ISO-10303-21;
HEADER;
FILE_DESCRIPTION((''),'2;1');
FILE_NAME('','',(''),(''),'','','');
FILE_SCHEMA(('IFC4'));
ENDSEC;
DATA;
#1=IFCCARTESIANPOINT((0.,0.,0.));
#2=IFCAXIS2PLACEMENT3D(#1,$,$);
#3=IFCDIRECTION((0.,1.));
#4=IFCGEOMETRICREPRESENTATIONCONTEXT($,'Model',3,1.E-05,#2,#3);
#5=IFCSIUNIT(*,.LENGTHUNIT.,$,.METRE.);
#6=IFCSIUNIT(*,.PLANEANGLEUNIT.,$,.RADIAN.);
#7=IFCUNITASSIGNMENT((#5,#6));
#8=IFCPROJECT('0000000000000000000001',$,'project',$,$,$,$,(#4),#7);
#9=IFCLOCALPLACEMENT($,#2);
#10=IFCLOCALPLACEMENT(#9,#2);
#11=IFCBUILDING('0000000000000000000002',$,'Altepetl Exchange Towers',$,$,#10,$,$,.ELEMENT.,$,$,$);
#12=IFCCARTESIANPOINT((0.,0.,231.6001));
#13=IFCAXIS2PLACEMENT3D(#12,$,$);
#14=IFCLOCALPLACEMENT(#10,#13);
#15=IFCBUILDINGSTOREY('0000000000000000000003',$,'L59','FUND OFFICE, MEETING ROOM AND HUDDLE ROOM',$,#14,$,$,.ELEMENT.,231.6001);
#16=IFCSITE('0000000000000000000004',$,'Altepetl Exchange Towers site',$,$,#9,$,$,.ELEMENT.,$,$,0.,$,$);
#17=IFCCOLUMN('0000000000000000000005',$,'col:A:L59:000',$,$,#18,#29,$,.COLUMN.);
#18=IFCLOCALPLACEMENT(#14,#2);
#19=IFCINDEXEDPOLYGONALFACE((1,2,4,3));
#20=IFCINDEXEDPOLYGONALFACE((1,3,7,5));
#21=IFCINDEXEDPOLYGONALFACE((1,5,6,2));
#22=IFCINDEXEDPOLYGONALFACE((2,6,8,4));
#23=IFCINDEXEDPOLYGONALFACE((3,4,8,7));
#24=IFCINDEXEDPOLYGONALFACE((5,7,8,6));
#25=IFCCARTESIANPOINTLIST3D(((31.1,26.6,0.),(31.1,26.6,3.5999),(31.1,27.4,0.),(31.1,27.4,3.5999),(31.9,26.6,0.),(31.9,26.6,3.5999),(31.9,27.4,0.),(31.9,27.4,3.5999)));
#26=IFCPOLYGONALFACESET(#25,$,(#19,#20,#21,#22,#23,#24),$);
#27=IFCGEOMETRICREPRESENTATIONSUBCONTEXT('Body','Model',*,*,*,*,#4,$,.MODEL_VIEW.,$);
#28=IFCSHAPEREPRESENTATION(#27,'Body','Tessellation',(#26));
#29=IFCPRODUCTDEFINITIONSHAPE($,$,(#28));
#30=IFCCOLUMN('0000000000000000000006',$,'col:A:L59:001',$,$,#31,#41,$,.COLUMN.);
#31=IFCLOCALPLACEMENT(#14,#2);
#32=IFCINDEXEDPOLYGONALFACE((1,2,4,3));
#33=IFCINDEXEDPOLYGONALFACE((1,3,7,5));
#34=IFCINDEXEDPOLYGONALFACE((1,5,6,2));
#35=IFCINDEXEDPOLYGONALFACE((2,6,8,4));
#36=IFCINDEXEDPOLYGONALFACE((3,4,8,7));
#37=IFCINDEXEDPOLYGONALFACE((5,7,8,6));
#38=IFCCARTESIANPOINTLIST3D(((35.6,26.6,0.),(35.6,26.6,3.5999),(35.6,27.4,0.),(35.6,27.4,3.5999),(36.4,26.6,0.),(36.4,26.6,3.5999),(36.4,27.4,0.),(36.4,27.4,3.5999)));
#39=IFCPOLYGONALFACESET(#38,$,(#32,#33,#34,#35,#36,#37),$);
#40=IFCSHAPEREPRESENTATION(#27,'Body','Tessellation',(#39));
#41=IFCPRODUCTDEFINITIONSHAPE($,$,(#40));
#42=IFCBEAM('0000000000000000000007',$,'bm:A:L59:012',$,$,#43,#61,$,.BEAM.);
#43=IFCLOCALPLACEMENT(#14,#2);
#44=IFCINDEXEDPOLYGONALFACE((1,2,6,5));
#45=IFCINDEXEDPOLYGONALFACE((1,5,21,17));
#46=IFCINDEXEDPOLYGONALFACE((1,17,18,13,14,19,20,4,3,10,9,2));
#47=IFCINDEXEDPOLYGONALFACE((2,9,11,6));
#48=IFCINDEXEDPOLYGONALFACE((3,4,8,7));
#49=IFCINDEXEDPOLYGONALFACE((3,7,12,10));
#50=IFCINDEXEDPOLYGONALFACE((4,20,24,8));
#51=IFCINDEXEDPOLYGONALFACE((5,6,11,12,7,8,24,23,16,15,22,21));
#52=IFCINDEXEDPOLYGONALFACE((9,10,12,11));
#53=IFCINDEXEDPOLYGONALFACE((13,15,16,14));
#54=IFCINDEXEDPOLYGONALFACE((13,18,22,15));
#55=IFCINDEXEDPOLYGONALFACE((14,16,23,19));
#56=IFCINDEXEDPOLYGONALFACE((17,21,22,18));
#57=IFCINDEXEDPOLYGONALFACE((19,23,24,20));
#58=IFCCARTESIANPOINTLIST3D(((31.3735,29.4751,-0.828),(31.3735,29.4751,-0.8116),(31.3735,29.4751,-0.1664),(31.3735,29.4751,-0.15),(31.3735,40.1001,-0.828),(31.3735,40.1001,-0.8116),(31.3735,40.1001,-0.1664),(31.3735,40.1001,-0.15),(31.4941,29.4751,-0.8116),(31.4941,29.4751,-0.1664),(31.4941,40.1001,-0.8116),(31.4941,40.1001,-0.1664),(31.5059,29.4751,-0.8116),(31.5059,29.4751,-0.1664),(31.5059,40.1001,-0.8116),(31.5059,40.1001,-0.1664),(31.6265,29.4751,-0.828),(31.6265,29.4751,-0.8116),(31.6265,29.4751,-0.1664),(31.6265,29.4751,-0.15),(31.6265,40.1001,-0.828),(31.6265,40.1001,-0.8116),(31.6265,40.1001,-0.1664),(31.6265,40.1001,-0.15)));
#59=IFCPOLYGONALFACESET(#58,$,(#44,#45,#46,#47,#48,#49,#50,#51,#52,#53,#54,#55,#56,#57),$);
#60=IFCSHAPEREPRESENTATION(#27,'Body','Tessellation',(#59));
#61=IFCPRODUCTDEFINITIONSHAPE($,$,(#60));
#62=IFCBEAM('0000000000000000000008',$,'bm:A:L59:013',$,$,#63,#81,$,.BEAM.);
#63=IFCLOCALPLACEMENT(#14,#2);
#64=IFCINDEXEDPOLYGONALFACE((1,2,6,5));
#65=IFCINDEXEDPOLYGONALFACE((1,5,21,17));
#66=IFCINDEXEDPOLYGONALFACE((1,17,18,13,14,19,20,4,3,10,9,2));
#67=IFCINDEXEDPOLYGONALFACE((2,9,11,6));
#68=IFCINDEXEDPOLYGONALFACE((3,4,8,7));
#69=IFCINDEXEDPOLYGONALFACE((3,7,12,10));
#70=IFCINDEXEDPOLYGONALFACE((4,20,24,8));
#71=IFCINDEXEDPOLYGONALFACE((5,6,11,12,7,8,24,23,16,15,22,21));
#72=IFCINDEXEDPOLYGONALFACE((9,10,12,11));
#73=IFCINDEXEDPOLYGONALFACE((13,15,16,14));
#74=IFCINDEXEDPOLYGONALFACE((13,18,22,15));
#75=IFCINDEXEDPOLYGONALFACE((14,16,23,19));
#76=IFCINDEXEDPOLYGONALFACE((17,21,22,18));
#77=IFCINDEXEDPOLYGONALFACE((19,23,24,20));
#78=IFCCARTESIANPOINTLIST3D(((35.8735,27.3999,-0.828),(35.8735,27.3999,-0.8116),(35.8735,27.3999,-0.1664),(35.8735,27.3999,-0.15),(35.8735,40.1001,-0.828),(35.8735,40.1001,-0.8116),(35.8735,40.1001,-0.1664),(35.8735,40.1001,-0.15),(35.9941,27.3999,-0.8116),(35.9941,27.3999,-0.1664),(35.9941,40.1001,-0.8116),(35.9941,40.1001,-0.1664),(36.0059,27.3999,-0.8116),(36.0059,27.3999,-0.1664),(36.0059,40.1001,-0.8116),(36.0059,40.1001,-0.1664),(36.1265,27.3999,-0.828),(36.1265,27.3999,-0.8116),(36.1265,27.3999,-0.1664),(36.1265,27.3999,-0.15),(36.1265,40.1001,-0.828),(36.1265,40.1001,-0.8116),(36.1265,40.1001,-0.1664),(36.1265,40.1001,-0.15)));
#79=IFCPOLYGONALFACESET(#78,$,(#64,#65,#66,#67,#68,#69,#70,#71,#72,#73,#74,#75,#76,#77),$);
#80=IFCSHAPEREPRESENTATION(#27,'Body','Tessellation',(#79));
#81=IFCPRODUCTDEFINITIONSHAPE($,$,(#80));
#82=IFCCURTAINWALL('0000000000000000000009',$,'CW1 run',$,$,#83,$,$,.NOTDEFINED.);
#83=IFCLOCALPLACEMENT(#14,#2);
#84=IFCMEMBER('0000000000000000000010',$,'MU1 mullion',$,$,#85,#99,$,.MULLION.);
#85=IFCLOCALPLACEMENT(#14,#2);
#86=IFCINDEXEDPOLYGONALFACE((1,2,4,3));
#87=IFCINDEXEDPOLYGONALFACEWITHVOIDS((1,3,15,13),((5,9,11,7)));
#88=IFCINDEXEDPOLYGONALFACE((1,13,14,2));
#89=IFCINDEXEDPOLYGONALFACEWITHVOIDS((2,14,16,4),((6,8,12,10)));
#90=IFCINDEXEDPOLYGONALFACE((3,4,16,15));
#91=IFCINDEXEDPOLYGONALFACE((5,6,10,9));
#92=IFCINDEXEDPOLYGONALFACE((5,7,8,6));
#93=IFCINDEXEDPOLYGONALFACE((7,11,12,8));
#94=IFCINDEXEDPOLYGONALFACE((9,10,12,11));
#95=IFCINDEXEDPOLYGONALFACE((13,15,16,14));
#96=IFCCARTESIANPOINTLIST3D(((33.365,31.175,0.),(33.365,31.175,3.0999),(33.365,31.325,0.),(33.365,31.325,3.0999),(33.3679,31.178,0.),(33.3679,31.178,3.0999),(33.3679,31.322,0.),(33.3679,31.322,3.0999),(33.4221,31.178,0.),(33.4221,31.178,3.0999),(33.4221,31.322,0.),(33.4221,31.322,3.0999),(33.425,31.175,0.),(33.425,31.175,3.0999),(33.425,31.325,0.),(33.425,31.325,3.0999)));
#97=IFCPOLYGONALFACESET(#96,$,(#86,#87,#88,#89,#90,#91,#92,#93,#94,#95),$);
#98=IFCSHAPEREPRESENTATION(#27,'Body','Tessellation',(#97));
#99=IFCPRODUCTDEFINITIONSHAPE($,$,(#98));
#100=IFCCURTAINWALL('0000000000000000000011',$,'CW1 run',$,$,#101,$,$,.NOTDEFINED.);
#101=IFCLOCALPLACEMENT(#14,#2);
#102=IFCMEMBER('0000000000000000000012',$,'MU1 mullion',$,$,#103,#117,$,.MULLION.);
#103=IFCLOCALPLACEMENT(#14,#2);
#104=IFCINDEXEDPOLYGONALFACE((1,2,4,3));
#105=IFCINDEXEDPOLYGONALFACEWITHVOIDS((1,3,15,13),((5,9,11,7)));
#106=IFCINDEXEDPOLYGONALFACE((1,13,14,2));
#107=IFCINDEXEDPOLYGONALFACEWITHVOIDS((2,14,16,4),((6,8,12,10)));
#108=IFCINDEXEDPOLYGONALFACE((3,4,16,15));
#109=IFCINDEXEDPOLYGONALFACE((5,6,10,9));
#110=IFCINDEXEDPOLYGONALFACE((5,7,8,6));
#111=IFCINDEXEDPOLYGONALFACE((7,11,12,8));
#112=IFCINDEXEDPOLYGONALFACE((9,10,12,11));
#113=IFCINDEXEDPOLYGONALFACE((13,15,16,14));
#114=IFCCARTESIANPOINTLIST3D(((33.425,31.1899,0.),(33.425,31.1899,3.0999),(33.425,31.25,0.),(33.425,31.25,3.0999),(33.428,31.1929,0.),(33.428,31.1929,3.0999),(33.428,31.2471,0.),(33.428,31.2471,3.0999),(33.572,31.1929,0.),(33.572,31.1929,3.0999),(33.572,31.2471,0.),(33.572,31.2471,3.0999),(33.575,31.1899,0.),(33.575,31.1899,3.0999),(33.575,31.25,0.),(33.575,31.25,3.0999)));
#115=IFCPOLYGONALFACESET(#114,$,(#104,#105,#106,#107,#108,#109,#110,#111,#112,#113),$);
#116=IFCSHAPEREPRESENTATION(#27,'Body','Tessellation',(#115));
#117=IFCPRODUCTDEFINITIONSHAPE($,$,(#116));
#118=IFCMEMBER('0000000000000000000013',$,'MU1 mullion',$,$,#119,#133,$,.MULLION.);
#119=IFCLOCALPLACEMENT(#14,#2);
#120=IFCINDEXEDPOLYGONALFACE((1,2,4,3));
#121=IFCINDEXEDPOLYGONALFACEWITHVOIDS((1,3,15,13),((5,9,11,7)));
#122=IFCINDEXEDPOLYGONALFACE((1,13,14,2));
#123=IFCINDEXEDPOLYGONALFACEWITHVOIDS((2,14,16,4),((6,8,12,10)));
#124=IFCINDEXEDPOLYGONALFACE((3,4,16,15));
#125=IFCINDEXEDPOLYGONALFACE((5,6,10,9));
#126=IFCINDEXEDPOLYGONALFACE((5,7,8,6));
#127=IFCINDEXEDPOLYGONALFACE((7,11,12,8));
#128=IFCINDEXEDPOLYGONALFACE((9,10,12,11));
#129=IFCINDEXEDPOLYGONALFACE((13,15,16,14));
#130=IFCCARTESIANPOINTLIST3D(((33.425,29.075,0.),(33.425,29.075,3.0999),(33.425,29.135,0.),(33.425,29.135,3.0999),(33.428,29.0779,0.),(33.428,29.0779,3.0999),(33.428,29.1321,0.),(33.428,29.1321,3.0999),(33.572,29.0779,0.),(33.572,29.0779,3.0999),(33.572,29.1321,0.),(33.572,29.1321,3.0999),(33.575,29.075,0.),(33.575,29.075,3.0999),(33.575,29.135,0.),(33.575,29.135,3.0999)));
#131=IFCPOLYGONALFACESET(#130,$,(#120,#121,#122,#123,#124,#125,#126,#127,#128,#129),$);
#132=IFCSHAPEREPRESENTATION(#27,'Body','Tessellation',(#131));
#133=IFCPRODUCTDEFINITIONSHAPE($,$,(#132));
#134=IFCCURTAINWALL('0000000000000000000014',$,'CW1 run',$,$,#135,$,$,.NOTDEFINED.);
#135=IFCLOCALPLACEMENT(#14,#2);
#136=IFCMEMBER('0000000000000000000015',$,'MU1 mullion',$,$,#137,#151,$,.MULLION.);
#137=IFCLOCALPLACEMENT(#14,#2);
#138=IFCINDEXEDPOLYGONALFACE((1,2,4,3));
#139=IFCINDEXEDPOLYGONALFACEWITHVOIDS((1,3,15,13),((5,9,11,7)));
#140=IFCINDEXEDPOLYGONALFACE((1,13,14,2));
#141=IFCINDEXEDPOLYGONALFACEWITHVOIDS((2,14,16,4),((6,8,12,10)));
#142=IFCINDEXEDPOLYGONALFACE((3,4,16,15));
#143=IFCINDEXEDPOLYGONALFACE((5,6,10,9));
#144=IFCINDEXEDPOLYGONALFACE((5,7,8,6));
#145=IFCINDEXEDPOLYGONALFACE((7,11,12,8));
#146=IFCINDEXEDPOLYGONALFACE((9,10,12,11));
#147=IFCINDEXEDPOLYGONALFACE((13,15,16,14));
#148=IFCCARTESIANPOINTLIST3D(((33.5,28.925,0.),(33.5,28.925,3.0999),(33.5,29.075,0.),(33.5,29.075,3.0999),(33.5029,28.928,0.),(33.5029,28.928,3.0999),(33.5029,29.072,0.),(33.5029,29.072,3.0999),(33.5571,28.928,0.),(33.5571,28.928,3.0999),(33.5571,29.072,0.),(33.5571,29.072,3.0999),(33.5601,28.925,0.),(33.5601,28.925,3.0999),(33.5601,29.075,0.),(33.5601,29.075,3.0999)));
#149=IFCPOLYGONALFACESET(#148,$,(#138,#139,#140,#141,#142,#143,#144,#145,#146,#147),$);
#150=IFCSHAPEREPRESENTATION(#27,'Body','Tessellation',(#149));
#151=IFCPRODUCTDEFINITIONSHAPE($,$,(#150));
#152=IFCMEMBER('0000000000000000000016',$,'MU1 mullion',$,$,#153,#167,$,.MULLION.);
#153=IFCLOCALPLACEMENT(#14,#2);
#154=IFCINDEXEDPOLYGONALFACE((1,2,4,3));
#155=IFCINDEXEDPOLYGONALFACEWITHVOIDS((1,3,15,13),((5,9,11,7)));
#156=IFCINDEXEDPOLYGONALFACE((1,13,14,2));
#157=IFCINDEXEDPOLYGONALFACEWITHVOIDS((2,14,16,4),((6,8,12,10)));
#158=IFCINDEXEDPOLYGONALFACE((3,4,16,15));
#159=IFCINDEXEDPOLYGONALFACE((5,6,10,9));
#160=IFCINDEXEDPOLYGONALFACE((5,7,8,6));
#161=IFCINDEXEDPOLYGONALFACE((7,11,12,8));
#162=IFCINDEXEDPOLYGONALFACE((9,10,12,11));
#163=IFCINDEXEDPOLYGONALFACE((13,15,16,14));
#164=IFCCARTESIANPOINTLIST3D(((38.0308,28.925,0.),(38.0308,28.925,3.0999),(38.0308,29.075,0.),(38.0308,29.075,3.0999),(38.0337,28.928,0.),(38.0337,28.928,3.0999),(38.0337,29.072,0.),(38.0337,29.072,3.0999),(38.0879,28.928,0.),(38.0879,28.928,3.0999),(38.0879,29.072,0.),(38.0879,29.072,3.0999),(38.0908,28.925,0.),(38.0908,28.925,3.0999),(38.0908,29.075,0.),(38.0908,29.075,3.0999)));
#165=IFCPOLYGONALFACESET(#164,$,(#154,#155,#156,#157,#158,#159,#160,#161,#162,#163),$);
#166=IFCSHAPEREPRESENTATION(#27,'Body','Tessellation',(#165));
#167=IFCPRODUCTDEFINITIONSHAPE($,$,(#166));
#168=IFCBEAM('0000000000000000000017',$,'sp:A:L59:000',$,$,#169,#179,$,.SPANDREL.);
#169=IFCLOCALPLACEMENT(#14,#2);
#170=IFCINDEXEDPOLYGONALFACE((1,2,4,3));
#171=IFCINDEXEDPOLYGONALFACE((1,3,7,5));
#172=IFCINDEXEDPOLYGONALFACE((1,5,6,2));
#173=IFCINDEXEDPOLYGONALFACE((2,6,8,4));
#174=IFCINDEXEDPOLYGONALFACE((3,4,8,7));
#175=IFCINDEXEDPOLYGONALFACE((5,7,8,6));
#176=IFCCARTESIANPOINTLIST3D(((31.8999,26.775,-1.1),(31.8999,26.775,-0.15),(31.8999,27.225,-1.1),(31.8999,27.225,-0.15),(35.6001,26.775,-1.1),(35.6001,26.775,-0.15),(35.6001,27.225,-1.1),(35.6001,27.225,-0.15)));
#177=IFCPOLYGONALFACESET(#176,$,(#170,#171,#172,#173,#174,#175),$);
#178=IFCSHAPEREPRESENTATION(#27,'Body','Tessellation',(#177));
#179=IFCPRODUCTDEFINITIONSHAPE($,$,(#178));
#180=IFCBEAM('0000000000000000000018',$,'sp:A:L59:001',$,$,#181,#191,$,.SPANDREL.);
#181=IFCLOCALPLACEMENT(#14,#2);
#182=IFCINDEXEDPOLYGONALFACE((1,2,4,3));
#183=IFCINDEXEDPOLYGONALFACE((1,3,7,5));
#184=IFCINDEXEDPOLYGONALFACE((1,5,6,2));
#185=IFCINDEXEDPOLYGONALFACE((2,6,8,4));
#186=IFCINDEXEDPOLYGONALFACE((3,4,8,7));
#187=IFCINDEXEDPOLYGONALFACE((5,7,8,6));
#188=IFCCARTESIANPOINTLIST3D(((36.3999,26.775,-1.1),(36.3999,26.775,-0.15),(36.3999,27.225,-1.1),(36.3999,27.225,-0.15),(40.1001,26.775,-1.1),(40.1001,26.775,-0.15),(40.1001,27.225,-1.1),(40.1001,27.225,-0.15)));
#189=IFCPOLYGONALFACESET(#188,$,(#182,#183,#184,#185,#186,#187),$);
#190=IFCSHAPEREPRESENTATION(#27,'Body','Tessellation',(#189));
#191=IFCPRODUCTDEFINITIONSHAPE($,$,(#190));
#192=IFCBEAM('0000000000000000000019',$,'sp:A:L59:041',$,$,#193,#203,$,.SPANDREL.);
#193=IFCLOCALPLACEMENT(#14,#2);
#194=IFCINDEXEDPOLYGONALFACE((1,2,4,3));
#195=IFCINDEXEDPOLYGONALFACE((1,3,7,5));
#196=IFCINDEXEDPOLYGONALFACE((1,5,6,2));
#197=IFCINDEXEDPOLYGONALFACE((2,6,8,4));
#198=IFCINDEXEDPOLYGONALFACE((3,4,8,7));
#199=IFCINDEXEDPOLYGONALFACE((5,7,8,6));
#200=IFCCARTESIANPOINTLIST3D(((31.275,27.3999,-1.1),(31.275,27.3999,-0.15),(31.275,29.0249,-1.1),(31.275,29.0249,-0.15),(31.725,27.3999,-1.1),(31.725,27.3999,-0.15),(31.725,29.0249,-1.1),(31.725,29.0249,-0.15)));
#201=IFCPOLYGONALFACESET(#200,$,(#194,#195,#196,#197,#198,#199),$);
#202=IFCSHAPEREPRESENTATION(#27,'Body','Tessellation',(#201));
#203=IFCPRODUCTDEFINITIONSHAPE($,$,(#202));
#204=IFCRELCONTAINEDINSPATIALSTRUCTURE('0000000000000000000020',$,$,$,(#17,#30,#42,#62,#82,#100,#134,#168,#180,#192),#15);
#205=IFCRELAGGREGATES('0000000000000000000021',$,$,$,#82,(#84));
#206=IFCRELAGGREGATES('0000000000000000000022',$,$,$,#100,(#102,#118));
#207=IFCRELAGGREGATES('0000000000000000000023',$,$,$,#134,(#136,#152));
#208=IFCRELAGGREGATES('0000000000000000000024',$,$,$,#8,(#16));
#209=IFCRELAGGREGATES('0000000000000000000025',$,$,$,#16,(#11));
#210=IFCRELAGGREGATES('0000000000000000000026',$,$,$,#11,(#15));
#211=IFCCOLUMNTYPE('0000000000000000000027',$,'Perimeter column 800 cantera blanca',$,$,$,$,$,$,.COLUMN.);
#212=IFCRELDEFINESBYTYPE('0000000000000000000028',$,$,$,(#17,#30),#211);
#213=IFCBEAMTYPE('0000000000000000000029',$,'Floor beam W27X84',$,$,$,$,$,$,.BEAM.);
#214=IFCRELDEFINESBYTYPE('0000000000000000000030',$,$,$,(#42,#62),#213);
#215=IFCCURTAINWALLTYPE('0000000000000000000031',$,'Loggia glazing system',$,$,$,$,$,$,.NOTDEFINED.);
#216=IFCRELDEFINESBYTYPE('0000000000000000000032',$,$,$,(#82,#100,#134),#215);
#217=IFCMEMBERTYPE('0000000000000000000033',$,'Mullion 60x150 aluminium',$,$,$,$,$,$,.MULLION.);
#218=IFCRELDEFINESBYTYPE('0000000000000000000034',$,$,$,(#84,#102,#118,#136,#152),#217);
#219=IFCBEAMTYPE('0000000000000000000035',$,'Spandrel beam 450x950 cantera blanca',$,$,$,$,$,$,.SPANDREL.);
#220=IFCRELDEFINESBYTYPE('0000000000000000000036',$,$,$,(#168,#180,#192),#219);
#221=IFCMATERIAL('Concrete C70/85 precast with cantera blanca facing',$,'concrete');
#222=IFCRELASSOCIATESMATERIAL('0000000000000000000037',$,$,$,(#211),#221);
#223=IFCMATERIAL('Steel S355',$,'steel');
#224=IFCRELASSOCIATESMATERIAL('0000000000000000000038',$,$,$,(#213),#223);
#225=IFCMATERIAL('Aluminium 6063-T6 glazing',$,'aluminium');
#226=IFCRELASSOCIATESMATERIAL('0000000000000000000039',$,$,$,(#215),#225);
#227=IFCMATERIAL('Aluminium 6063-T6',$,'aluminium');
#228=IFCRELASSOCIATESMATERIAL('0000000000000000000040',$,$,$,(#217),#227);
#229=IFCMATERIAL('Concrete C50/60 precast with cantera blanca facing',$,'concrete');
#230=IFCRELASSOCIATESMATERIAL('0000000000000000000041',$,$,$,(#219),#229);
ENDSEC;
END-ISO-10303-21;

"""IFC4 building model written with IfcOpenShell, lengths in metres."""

from ifc_helpers import new_model, si_unit, direction, frame, origin, origin_2d, place, context, subcontext, project, spatial, rectangle, hollow_rectangle, i_section, extrude, material, material_profile, profile_set, type_object, element, aggregate, save


model = new_model("IFC4")

# Units and contexts
model_context = context("Model", 3, precision=1e-05, world=origin(), true_north=direction((0.0, 1.0)))
body_context = subcontext(model_context, "Body", "Model", "MODEL_VIEW")
ifc_project = project(units=[si_unit("LENGTHUNIT", "METRE"), si_unit("PLANEANGLEUNIT", "RADIAN")], contexts=[model_context])

# Site, building, storey
site_placement = place(None, origin())
site = spatial("IfcSite", under=ifc_project, at=site_placement, Name="Altepetl Exchange Towers site", CompositionType="ELEMENT", RefElevation=0.0)
building_placement = place(site_placement, origin())
building = spatial("IfcBuilding", under=site, at=building_placement, Name="Altepetl Exchange Towers", CompositionType="ELEMENT")
storey_placement = place(building_placement, frame((0.0, 0.0, 231.6001)))
storey = spatial("IfcBuildingStorey", under=building, at=storey_placement, Name="L59", Description="FUND OFFICE, MEETING ROOM AND HUDDLE ROOM", CompositionType="ELEMENT", Elevation=231.6001)

# Columns
ifc_material_1 = material(Name="Concrete C70/85 precast with cantera blanca facing", Category="concrete")
ifc_material_profile_1 = material_profile(ifc_material_1, rectangle(XDim=0.8, YDim=0.8, at=origin_2d()), Name="800 x 800")
ifc_profile_set_1 = profile_set([ifc_material_profile_1], Name="Concrete C70/85 precast with cantera blanca facing")
column_type = type_object("IfcColumnType", Name="Perimeter column 800 cantera blanca", PredefinedType="COLUMN", material=ifc_profile_set_1)
for number, where, name in (
    (1, (31.5, 27.0, 0.0), "col:A:L59:000"),
    (2, (36.0, 27.0, 0.0), "col:A:L59:001"),
):
    element("IfcColumn", number, at=place(storey_placement, frame(where)), inside=storey, type_object=column_type, Name=name, PredefinedType="COLUMN", context=body_context, shape_type="SweptSolid", body=[
        extrude(rectangle(XDim=0.8, YDim=0.8, at=origin_2d()), origin(), (0.0, 0.0, 1.0), 3.5999),
    ])

# Beams
ifc_material_2 = material(Name="Steel S355", Category="steel")
ifc_material_profile_2 = material_profile(ifc_material_2, i_section(OverallWidth=0.2529, OverallDepth=0.678, WebThickness=0.0117, FlangeThickness=0.0164, at=origin_2d()), Name="W27X84")
ifc_profile_set_2 = profile_set([ifc_material_profile_2], Name="Steel S355")
beam_type_1 = type_object("IfcBeamType", Name="Floor beam W27X84", PredefinedType="BEAM", material=ifc_profile_set_2)
beam_1_placement = place(storey_placement, frame((31.5, 29.4751, -0.489), z_axis=(0.0, 1.0, 0.0), x_axis=(-1.0, 0.0, 0.0)))
element("IfcBeam", 3, at=beam_1_placement, inside=storey, type_object=beam_type_1, Name="bm:A:L59:012", PredefinedType="BEAM", context=body_context, shape_type="SweptSolid", body=[
    extrude(i_section(OverallWidth=0.2529, OverallDepth=0.678, WebThickness=0.0117, FlangeThickness=0.0164, at=origin_2d()), origin(), (0.0, 0.0, 1.0), 10.625),
])
beam_2_placement = place(storey_placement, frame((36.0, 27.3999, -0.489), z_axis=(0.0, 1.0, 0.0), x_axis=(-1.0, 0.0, 0.0)))
element("IfcBeam", 4, at=beam_2_placement, inside=storey, type_object=beam_type_1, Name="bm:A:L59:013", PredefinedType="BEAM", context=body_context, shape_type="SweptSolid", body=[
    extrude(i_section(OverallWidth=0.2529, OverallDepth=0.678, WebThickness=0.0117, FlangeThickness=0.0164, at=origin_2d()), origin(), (0.0, 0.0, 1.0), 12.7002),
])

# Curtain wall, member
ifc_material_3 = material(Name="Aluminium 6063-T6 glazing", Category="aluminium")
curtain_wall_type = type_object("IfcCurtainWallType", Name="Loggia glazing system", PredefinedType="NOTDEFINED", material=ifc_material_3)
curtain_wall_1_placement = place(storey_placement, origin())
curtain_wall_1 = element("IfcCurtainWall", 5, at=curtain_wall_1_placement, inside=storey, type_object=curtain_wall_type, Name="CW1 run", PredefinedType="NOTDEFINED")
ifc_material_4 = material(Name="Aluminium 6063-T6", Category="aluminium")
ifc_material_profile_3 = material_profile(ifc_material_4, hollow_rectangle(XDim=0.0601, YDim=0.1499, WallThickness=0.0029, at=origin_2d()), Name="Mullion 60x150 aluminium")
ifc_profile_set_3 = profile_set([ifc_material_profile_3], Name="Aluminium 6063-T6")
member_type = type_object("IfcMemberType", Name="Mullion 60x150 aluminium", PredefinedType="MULLION", material=ifc_profile_set_3)
member_1_placement = place(storey_placement, frame((33.395, 31.25, 0.0)))
member_1 = element("IfcMember", 6, at=member_1_placement, type_object=member_type, Name="MU1 mullion", PredefinedType="MULLION", context=body_context, shape_type="SweptSolid", body=[
    extrude(hollow_rectangle(XDim=0.0601, YDim=0.1499, WallThickness=0.0029, at=origin_2d()), origin(), (0.0, 0.0, 1.0), 3.0999),
])

# Curtain walls, members
curtain_wall_2_placement = place(storey_placement, origin())
curtain_wall_2 = element("IfcCurtainWall", 7, at=curtain_wall_2_placement, inside=storey, type_object=curtain_wall_type, Name="CW1 run", PredefinedType="NOTDEFINED")
member_2_placement = place(storey_placement, frame((33.5, 31.22, 0.0), z_axis=(0.0, 0.0, 1.0), x_axis=(0.0, -1.0, 0.0)))
member_2 = element("IfcMember", 8, at=member_2_placement, type_object=member_type, Name="MU1 mullion", PredefinedType="MULLION", context=body_context, shape_type="SweptSolid", body=[
    extrude(hollow_rectangle(XDim=0.0601, YDim=0.1499, WallThickness=0.0029, at=origin_2d()), origin(), (0.0, 0.0, 1.0), 3.0999),
])
member_3_placement = place(storey_placement, frame((33.5, 29.105, 0.0), z_axis=(0.0, 0.0, 1.0), x_axis=(0.0, -1.0, 0.0)))
member_3 = element("IfcMember", 9, at=member_3_placement, type_object=member_type, Name="MU1 mullion", PredefinedType="MULLION", context=body_context, shape_type="SweptSolid", body=[
    extrude(hollow_rectangle(XDim=0.0601, YDim=0.1499, WallThickness=0.0029, at=origin_2d()), origin(), (0.0, 0.0, 1.0), 3.0999),
])
curtain_wall_3_placement = place(storey_placement, origin())
curtain_wall_3 = element("IfcCurtainWall", 10, at=curtain_wall_3_placement, inside=storey, type_object=curtain_wall_type, Name="CW1 run", PredefinedType="NOTDEFINED")
member_4_placement = place(storey_placement, frame((33.53, 29.0, 0.0)))
member_4 = element("IfcMember", 11, at=member_4_placement, type_object=member_type, Name="MU1 mullion", PredefinedType="MULLION", context=body_context, shape_type="SweptSolid", body=[
    extrude(hollow_rectangle(XDim=0.0601, YDim=0.1499, WallThickness=0.0029, at=origin_2d()), origin(), (0.0, 0.0, 1.0), 3.0999),
])
member_5_placement = place(storey_placement, frame((38.0608, 29.0, 0.0)))
member_5 = element("IfcMember", 12, at=member_5_placement, type_object=member_type, Name="MU1 mullion", PredefinedType="MULLION", context=body_context, shape_type="SweptSolid", body=[
    extrude(hollow_rectangle(XDim=0.0601, YDim=0.1499, WallThickness=0.0029, at=origin_2d()), origin(), (0.0, 0.0, 1.0), 3.0999),
])

# Beams
ifc_material_5 = material(Name="Concrete C50/60 precast with cantera blanca facing", Category="concrete")
ifc_material_profile_4 = material_profile(ifc_material_5, rectangle(XDim=0.45, YDim=0.95, at=origin_2d()), Name="450 x 950")
ifc_profile_set_4 = profile_set([ifc_material_profile_4], Name="Concrete C50/60 precast with cantera blanca facing")
beam_type_2 = type_object("IfcBeamType", Name="Spandrel beam 450x950 cantera blanca", PredefinedType="SPANDREL", material=ifc_profile_set_4)
for number, where, z_axis, x_axis, name in (
    (13, (31.8999, 27.0, -0.625), (1.0, 0.0, 0.0), (0.0, 1.0, 0.0), "sp:A:L59:000"),
    (14, (36.3999, 27.0, -0.625), (1.0, 0.0, 0.0), (0.0, 1.0, 0.0), "sp:A:L59:001"),
):
    element("IfcBeam", number, at=place(storey_placement, frame(where, z_axis=z_axis, x_axis=x_axis)), inside=storey, type_object=beam_type_2, Name=name, PredefinedType="SPANDREL", context=body_context, shape_type="SweptSolid", body=[
        extrude(rectangle(XDim=0.45, YDim=0.95, at=origin_2d()), origin(), (0.0, 0.0, 1.0), 3.7002),
    ])
beam_3_placement = place(storey_placement, frame((31.5, 29.0249, -0.625), z_axis=(0.0, -1.0, 0.0), x_axis=(1.0, 0.0, 0.0)))
element("IfcBeam", 15, at=beam_3_placement, inside=storey, type_object=beam_type_2, Name="sp:A:L59:041", PredefinedType="SPANDREL", context=body_context, shape_type="SweptSolid", body=[
    extrude(rectangle(XDim=0.45, YDim=0.95, at=origin_2d()), origin(), (0.0, 0.0, 1.0), 1.625),
])

aggregate(curtain_wall_1, [member_1])
aggregate(curtain_wall_2, [member_2, member_3])
aggregate(curtain_wall_3, [member_4, member_5])

save(model, "model.ifc")
